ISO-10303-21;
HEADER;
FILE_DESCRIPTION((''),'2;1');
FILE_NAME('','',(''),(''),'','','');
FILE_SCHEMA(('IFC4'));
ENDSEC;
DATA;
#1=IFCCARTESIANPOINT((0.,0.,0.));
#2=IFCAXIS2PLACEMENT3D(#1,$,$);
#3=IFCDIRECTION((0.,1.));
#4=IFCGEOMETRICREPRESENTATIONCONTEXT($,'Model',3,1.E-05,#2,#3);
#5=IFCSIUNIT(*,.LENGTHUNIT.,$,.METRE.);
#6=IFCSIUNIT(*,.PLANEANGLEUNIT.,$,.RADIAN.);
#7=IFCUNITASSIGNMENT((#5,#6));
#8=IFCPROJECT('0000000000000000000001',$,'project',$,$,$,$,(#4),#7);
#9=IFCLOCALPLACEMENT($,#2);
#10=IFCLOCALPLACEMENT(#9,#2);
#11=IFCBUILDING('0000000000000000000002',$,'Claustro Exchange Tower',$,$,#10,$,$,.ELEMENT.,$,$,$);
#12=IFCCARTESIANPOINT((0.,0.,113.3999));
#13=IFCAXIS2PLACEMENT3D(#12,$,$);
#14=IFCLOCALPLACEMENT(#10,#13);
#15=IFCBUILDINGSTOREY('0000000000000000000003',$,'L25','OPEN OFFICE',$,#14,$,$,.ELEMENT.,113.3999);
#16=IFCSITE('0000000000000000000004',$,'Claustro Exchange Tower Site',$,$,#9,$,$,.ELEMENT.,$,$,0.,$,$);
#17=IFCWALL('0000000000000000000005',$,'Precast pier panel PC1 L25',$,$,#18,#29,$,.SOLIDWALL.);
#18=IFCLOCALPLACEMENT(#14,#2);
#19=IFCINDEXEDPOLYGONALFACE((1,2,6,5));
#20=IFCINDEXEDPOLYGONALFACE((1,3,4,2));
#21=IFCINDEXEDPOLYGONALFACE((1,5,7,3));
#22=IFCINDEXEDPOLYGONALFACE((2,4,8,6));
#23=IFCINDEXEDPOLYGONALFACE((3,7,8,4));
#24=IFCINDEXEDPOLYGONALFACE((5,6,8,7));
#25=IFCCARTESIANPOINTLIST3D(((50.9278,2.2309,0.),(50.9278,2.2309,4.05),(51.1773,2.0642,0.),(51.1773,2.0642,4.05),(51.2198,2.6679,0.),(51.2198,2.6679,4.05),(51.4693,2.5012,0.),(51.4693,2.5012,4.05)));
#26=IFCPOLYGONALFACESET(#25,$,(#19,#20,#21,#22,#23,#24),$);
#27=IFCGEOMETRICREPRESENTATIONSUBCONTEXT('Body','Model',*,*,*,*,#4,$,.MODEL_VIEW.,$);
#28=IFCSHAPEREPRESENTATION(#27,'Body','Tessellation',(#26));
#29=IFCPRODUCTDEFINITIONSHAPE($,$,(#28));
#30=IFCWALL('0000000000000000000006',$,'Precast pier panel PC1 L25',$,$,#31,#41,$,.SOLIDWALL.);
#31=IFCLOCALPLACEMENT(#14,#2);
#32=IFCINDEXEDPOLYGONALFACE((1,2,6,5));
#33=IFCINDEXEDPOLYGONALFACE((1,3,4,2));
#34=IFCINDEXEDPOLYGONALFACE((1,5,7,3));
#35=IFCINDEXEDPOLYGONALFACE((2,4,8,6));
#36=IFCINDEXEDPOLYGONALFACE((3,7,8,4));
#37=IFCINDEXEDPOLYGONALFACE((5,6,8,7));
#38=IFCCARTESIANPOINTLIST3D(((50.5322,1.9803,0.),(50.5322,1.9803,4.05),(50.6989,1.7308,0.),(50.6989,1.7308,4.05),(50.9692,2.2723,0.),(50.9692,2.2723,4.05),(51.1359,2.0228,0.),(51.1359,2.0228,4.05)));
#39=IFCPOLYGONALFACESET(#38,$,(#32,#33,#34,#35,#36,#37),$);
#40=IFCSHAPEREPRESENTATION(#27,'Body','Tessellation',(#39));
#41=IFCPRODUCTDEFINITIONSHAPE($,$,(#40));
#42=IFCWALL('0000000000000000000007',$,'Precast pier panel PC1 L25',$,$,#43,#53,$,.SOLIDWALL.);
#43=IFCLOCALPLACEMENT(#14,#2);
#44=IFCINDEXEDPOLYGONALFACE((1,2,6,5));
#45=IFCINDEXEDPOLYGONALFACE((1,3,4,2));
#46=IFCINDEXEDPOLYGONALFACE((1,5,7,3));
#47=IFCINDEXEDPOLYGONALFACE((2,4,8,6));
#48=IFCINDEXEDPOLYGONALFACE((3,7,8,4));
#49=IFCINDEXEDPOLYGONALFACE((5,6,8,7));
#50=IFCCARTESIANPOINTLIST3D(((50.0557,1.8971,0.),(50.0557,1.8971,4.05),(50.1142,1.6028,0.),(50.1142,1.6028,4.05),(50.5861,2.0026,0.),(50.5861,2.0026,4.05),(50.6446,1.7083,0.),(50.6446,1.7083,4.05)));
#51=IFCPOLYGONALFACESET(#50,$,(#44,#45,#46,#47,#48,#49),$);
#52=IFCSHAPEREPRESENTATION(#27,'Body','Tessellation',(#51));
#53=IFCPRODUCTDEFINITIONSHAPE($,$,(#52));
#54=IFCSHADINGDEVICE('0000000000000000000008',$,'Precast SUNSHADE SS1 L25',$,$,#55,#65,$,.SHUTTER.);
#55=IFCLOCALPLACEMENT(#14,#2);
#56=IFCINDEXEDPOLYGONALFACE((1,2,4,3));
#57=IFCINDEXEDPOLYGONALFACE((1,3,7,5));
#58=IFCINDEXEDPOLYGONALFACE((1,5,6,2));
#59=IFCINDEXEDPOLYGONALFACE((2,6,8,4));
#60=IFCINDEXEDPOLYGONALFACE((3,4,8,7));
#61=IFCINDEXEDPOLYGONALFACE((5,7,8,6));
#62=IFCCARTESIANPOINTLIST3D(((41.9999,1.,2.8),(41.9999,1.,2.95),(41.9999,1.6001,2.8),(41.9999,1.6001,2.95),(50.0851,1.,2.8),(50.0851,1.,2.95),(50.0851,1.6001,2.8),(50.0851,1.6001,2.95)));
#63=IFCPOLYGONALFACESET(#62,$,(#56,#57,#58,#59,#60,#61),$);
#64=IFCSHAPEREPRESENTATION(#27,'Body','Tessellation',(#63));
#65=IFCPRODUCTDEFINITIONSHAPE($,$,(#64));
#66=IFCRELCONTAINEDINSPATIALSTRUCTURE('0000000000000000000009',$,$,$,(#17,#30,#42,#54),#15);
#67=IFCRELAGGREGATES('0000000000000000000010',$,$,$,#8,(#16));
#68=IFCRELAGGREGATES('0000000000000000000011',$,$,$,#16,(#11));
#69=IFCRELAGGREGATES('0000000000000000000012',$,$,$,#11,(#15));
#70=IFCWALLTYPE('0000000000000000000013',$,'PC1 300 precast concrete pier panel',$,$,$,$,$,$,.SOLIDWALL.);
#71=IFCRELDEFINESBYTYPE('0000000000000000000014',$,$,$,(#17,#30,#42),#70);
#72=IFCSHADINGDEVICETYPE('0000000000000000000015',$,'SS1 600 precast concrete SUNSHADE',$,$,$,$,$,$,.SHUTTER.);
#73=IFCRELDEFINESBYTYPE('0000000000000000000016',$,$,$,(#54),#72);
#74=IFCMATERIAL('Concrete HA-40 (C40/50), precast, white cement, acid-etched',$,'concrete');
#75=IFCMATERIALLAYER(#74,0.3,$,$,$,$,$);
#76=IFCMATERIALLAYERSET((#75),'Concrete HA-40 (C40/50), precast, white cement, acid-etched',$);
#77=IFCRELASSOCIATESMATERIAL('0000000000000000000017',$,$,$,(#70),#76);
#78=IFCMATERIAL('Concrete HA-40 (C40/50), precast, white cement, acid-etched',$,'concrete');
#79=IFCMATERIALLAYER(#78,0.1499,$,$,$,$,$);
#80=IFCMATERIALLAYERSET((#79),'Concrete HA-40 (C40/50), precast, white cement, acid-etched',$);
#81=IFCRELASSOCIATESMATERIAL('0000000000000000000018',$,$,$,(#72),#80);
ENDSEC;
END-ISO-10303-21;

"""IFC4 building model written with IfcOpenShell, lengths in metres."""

from ifc_helpers import new_model, si_unit, direction, frame, frame_2d, origin, origin_2d, place, context, subcontext, project, spatial, rectangle, extrude, material, layer, layer_set, type_object, element, save


model = new_model("IFC4")

# Units and contexts
model_context = context("Model", 3, precision=1e-05, world=origin(), true_north=direction((0.0, 1.0)))
body_context = subcontext(model_context, "Body", "Model", "MODEL_VIEW")
ifc_project = project(units=[si_unit("LENGTHUNIT", "METRE"), si_unit("PLANEANGLEUNIT", "RADIAN")], contexts=[model_context])

# Site, building, storey
site_placement = place(None, origin())
site = spatial("IfcSite", under=ifc_project, at=site_placement, Name="Claustro Exchange Tower Site", CompositionType="ELEMENT", RefElevation=0.0)
building_placement = place(site_placement, origin())
building = spatial("IfcBuilding", under=site, at=building_placement, Name="Claustro Exchange Tower", CompositionType="ELEMENT")
storey_placement = place(building_placement, frame((0.0, 0.0, 113.3999)))
storey = spatial("IfcBuildingStorey", under=building, at=storey_placement, Name="L25", Description="OPEN OFFICE", CompositionType="ELEMENT", Elevation=113.3999)

# Shared definitions
ifc_material_1 = material(Name="Concrete HA-40 (C40/50), precast, white cement, acid-etched", Category="concrete")
ifc_layer_1 = layer(ifc_material_1, 0.3)
ifc_layer_set_1 = layer_set([ifc_layer_1], Name="Concrete HA-40 (C40/50), precast, white cement, acid-etched")
wall_type_1 = type_object("IfcWallType", Name="PC1 300 precast concrete pier panel", PredefinedType="SOLIDWALL", material=ifc_layer_set_1)

# Walls
for number, where, z_axis, x_axis, name in (
    (1, (51.3445, 2.5845, 0.0), (0.0, 0.0, 1.0), (-0.555557, -0.831478, 0.0), "Precast pier panel PC1 L25"),
    (2, (51.0525, 2.1475, 0.0), (0.0, 0.0, 1.0), (-0.831478, -0.555557, 0.0), "Precast pier panel PC1 L25"),
):
    element("IfcWall", number, at=place(storey_placement, frame(where, z_axis=z_axis, x_axis=x_axis)), inside=storey, type_object=wall_type_1, Name=name, PredefinedType="SOLIDWALL", context=body_context, shape_type="SweptSolid", body=[
        extrude(rectangle(XDim=0.5256, YDim=0.3, at=frame_2d((0.2627, 0.0))), origin(), (0.0, 0.0, 1.0), 4.05),
    ])
wall_1_placement = place(storey_placement, frame((50.6155, 1.8555, 0.0), z_axis=(0.0, 0.0, 1.0), x_axis=(-0.980789, -0.195074, 0.0)))
element("IfcWall", 3, at=wall_1_placement, inside=storey, type_object=wall_type_1, Name="Precast pier panel PC1 L25", PredefinedType="SOLIDWALL", context=body_context, shape_type="SweptSolid", body=[
    extrude(rectangle(XDim=0.5408, YDim=0.3, at=frame_2d((0.2705, 0.0))), origin(), (0.0, 0.0, 1.0), 4.05),
])

# Shading device
ifc_material_2 = material(Name="Concrete HA-40 (C40/50), precast, white cement, acid-etched", Category="concrete")
ifc_layer_2 = layer(ifc_material_2, 0.1499)
ifc_layer_set_2 = layer_set([ifc_layer_2], Name="Concrete HA-40 (C40/50), precast, white cement, acid-etched")
shading_device_type = type_object("IfcShadingDeviceType", Name="SS1 600 precast concrete SUNSHADE", PredefinedType="SHUTTER", material=ifc_layer_set_2)
shading_device_placement = place(storey_placement, frame((46.0425, 1.3, 2.8), z_axis=(0.0, 0.0, 1.0), x_axis=(-1.0, 0.0, 0.0)))
element("IfcShadingDevice", 4, at=shading_device_placement, inside=storey, type_object=shading_device_type, Name="Precast SUNSHADE SS1 L25", PredefinedType="SHUTTER", context=body_context, shape_type="SweptSolid", body=[
    extrude(rectangle(XDim=8.0852, YDim=0.6001, at=origin_2d()), origin(), (0.0, 0.0, 1.0), 0.1499),
])

save(model, "model.ifc")
